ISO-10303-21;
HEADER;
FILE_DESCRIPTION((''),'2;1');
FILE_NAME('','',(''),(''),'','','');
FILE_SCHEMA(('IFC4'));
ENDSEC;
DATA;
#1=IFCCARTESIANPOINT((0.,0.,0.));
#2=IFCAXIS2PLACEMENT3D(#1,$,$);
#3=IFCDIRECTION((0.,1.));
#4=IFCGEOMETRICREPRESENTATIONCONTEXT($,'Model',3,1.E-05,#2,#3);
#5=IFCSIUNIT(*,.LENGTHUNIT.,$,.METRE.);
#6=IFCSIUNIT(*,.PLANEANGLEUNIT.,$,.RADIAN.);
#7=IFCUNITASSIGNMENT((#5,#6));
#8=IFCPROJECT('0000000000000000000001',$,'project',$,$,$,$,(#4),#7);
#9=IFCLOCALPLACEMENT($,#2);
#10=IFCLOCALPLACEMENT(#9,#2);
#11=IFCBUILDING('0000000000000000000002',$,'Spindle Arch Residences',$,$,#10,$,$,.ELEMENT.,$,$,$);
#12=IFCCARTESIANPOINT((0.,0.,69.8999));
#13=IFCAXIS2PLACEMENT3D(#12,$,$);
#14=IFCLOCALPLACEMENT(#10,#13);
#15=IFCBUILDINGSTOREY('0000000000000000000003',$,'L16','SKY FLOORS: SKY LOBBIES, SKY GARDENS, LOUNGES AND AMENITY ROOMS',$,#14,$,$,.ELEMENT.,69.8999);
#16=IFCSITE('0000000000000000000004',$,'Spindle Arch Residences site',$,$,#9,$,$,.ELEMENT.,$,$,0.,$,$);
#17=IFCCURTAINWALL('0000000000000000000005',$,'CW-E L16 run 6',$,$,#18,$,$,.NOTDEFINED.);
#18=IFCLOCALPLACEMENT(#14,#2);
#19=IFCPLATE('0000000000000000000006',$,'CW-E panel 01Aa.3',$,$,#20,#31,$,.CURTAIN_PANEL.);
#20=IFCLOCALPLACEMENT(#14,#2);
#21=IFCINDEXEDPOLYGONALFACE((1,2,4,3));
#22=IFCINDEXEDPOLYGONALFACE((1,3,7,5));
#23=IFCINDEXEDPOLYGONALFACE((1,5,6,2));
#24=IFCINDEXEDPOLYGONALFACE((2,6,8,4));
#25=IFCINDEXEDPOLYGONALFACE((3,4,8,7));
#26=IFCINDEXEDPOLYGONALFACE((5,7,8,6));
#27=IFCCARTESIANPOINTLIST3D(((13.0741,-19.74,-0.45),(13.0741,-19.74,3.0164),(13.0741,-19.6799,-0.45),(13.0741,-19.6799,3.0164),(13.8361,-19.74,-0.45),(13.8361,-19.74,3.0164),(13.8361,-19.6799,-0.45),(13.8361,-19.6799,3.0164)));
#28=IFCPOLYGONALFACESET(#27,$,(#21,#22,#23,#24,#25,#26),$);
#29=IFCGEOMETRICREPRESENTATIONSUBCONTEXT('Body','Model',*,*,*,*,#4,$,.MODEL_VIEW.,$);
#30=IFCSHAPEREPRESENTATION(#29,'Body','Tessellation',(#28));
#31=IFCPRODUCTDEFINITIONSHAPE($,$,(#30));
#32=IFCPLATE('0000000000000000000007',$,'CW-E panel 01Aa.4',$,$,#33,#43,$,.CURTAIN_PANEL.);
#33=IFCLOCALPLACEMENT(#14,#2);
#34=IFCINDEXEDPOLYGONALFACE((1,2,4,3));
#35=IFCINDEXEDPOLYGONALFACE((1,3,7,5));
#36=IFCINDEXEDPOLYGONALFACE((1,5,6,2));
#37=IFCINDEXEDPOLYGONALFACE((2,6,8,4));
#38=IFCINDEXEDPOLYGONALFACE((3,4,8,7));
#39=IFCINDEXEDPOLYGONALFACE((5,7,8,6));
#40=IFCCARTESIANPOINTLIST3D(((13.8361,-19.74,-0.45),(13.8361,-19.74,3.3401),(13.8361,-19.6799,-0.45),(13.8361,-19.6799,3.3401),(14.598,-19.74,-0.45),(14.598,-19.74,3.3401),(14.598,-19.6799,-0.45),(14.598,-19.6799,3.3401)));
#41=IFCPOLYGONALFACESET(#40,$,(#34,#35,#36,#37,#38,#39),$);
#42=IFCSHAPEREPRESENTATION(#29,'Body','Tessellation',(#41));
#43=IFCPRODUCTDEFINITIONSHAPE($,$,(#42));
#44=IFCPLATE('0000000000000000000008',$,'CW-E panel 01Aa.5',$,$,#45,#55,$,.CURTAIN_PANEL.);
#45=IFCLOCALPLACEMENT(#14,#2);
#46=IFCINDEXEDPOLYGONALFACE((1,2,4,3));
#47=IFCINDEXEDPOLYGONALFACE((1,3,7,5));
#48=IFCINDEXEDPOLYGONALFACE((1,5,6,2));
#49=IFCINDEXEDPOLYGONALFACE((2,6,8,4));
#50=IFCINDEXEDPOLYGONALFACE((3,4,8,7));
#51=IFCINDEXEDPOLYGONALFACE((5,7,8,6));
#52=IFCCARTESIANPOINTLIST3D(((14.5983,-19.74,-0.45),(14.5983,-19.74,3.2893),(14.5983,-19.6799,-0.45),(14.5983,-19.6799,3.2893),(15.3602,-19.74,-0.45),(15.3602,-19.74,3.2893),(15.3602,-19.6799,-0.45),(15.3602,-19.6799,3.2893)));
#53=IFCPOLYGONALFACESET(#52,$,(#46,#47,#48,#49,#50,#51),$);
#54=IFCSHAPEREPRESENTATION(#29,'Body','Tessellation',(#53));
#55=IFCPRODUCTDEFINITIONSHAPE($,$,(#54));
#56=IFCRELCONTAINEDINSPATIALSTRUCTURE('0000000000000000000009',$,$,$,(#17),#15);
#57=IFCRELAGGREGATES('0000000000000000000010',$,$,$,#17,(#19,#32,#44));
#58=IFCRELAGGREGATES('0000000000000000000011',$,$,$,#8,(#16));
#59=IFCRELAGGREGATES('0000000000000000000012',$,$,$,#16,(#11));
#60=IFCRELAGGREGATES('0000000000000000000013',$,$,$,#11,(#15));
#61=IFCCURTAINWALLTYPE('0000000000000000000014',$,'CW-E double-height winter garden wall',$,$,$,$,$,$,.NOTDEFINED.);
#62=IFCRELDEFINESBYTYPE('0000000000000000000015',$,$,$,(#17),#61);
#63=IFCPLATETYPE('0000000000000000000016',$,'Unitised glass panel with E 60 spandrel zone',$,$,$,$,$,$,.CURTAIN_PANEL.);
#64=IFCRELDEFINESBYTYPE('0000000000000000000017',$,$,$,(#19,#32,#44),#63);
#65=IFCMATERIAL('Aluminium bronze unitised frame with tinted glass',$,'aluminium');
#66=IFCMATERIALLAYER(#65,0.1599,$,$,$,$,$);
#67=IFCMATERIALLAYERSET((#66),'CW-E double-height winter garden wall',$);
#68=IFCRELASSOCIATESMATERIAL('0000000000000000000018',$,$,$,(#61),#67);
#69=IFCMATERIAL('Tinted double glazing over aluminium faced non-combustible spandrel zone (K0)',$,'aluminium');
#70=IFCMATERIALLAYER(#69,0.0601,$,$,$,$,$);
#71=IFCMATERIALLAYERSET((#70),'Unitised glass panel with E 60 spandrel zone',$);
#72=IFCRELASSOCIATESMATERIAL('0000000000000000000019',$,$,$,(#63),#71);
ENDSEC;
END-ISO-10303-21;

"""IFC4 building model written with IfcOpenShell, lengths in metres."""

from ifc_helpers import new_model, si_unit, direction, frame, origin, origin_2d, place, context, subcontext, project, spatial, rectangle, extrude, material, layer, layer_set, type_object, element, aggregate, save


model = new_model("IFC4")

# Units and contexts
model_context = context("Model", 3, precision=1e-05, world=origin(), true_north=direction((0.0, 1.0)))
body_context = subcontext(model_context, "Body", "Model", "MODEL_VIEW")
ifc_project = project(units=[si_unit("LENGTHUNIT", "METRE"), si_unit("PLANEANGLEUNIT", "RADIAN")], contexts=[model_context])

# Site, building, storey
site_placement = place(None, origin())
site = spatial("IfcSite", under=ifc_project, at=site_placement, Name="Spindle Arch Residences site", CompositionType="ELEMENT", RefElevation=0.0)
building_placement = place(site_placement, origin())
building = spatial("IfcBuilding", under=site, at=building_placement, Name="Spindle Arch Residences", CompositionType="ELEMENT")
storey_placement = place(building_placement, frame((0.0, 0.0, 69.8999)))
storey = spatial("IfcBuildingStorey", under=building, at=storey_placement, Name="L16", Description="SKY FLOORS: SKY LOBBIES, SKY GARDENS, LOUNGES AND AMENITY ROOMS", CompositionType="ELEMENT", Elevation=69.8999)

# Curtain wall, plates
ifc_material_1 = material(Name="Aluminium bronze unitised frame with tinted glass", Category="aluminium")
ifc_layer_1 = layer(ifc_material_1, 0.1599)
ifc_layer_set_1 = layer_set([ifc_layer_1], Name="CW-E double-height winter garden wall")
curtain_wall_type = type_object("IfcCurtainWallType", Name="CW-E double-height winter garden wall", PredefinedType="NOTDEFINED", material=ifc_layer_set_1)
curtain_wall_placement = place(storey_placement, origin())
curtain_wall = element("IfcCurtainWall", 1, at=curtain_wall_placement, inside=storey, type_object=curtain_wall_type, Name="CW-E L16 run 6", PredefinedType="NOTDEFINED")
ifc_material_2 = material(Name="Tinted double glazing over aluminium faced non-combustible spandrel zone (K0)", Category="aluminium")
ifc_layer_2 = layer(ifc_material_2, 0.0601)
ifc_layer_set_2 = layer_set([ifc_layer_2], Name="Unitised glass panel with E 60 spandrel zone")
plate_type_1 = type_object("IfcPlateType", Name="Unitised glass panel with E 60 spandrel zone", PredefinedType="CURTAIN_PANEL", material=ifc_layer_set_2)
plate_1_placement = place(storey_placement, frame((13.4551, -19.71, -0.45), z_axis=(0.0, 0.0, 1.0), x_axis=(1.0, 0.0, 0.0)))
plate_1 = element("IfcPlate", 2, at=plate_1_placement, type_object=plate_type_1, Name="CW-E panel 01Aa.3", PredefinedType="CURTAIN_PANEL", context=body_context, shape_type="SweptSolid", body=[
    extrude(rectangle(XDim=0.762, YDim=0.0601, at=origin_2d()), origin(), (0.0, 0.0, 1.0), 3.4663),
])
plate_2_placement = place(storey_placement, frame((14.217, -19.71, -0.45), z_axis=(0.0, 0.0, 1.0), x_axis=(1.0, 0.0, 0.0)))
plate_2 = element("IfcPlate", 3, at=plate_2_placement, type_object=plate_type_1, Name="CW-E panel 01Aa.4", PredefinedType="CURTAIN_PANEL", context=body_context, shape_type="SweptSolid", body=[
    extrude(rectangle(XDim=0.762, YDim=0.0601, at=origin_2d()), origin(), (0.0, 0.0, 1.0), 3.79),
])
plate_3_placement = place(storey_placement, frame((14.9792, -19.71, -0.45), z_axis=(0.0, 0.0, 1.0), x_axis=(1.0, 0.0, 0.0)))
plate_3 = element("IfcPlate", 4, at=plate_3_placement, type_object=plate_type_1, Name="CW-E panel 01Aa.5", PredefinedType="CURTAIN_PANEL", context=body_context, shape_type="SweptSolid", body=[
    extrude(rectangle(XDim=0.762, YDim=0.0601, at=origin_2d()), origin(), (0.0, 0.0, 1.0), 3.7393),
])
aggregate(curtain_wall, [plate_1, plate_2, plate_3])

save(model, "model.ifc")
